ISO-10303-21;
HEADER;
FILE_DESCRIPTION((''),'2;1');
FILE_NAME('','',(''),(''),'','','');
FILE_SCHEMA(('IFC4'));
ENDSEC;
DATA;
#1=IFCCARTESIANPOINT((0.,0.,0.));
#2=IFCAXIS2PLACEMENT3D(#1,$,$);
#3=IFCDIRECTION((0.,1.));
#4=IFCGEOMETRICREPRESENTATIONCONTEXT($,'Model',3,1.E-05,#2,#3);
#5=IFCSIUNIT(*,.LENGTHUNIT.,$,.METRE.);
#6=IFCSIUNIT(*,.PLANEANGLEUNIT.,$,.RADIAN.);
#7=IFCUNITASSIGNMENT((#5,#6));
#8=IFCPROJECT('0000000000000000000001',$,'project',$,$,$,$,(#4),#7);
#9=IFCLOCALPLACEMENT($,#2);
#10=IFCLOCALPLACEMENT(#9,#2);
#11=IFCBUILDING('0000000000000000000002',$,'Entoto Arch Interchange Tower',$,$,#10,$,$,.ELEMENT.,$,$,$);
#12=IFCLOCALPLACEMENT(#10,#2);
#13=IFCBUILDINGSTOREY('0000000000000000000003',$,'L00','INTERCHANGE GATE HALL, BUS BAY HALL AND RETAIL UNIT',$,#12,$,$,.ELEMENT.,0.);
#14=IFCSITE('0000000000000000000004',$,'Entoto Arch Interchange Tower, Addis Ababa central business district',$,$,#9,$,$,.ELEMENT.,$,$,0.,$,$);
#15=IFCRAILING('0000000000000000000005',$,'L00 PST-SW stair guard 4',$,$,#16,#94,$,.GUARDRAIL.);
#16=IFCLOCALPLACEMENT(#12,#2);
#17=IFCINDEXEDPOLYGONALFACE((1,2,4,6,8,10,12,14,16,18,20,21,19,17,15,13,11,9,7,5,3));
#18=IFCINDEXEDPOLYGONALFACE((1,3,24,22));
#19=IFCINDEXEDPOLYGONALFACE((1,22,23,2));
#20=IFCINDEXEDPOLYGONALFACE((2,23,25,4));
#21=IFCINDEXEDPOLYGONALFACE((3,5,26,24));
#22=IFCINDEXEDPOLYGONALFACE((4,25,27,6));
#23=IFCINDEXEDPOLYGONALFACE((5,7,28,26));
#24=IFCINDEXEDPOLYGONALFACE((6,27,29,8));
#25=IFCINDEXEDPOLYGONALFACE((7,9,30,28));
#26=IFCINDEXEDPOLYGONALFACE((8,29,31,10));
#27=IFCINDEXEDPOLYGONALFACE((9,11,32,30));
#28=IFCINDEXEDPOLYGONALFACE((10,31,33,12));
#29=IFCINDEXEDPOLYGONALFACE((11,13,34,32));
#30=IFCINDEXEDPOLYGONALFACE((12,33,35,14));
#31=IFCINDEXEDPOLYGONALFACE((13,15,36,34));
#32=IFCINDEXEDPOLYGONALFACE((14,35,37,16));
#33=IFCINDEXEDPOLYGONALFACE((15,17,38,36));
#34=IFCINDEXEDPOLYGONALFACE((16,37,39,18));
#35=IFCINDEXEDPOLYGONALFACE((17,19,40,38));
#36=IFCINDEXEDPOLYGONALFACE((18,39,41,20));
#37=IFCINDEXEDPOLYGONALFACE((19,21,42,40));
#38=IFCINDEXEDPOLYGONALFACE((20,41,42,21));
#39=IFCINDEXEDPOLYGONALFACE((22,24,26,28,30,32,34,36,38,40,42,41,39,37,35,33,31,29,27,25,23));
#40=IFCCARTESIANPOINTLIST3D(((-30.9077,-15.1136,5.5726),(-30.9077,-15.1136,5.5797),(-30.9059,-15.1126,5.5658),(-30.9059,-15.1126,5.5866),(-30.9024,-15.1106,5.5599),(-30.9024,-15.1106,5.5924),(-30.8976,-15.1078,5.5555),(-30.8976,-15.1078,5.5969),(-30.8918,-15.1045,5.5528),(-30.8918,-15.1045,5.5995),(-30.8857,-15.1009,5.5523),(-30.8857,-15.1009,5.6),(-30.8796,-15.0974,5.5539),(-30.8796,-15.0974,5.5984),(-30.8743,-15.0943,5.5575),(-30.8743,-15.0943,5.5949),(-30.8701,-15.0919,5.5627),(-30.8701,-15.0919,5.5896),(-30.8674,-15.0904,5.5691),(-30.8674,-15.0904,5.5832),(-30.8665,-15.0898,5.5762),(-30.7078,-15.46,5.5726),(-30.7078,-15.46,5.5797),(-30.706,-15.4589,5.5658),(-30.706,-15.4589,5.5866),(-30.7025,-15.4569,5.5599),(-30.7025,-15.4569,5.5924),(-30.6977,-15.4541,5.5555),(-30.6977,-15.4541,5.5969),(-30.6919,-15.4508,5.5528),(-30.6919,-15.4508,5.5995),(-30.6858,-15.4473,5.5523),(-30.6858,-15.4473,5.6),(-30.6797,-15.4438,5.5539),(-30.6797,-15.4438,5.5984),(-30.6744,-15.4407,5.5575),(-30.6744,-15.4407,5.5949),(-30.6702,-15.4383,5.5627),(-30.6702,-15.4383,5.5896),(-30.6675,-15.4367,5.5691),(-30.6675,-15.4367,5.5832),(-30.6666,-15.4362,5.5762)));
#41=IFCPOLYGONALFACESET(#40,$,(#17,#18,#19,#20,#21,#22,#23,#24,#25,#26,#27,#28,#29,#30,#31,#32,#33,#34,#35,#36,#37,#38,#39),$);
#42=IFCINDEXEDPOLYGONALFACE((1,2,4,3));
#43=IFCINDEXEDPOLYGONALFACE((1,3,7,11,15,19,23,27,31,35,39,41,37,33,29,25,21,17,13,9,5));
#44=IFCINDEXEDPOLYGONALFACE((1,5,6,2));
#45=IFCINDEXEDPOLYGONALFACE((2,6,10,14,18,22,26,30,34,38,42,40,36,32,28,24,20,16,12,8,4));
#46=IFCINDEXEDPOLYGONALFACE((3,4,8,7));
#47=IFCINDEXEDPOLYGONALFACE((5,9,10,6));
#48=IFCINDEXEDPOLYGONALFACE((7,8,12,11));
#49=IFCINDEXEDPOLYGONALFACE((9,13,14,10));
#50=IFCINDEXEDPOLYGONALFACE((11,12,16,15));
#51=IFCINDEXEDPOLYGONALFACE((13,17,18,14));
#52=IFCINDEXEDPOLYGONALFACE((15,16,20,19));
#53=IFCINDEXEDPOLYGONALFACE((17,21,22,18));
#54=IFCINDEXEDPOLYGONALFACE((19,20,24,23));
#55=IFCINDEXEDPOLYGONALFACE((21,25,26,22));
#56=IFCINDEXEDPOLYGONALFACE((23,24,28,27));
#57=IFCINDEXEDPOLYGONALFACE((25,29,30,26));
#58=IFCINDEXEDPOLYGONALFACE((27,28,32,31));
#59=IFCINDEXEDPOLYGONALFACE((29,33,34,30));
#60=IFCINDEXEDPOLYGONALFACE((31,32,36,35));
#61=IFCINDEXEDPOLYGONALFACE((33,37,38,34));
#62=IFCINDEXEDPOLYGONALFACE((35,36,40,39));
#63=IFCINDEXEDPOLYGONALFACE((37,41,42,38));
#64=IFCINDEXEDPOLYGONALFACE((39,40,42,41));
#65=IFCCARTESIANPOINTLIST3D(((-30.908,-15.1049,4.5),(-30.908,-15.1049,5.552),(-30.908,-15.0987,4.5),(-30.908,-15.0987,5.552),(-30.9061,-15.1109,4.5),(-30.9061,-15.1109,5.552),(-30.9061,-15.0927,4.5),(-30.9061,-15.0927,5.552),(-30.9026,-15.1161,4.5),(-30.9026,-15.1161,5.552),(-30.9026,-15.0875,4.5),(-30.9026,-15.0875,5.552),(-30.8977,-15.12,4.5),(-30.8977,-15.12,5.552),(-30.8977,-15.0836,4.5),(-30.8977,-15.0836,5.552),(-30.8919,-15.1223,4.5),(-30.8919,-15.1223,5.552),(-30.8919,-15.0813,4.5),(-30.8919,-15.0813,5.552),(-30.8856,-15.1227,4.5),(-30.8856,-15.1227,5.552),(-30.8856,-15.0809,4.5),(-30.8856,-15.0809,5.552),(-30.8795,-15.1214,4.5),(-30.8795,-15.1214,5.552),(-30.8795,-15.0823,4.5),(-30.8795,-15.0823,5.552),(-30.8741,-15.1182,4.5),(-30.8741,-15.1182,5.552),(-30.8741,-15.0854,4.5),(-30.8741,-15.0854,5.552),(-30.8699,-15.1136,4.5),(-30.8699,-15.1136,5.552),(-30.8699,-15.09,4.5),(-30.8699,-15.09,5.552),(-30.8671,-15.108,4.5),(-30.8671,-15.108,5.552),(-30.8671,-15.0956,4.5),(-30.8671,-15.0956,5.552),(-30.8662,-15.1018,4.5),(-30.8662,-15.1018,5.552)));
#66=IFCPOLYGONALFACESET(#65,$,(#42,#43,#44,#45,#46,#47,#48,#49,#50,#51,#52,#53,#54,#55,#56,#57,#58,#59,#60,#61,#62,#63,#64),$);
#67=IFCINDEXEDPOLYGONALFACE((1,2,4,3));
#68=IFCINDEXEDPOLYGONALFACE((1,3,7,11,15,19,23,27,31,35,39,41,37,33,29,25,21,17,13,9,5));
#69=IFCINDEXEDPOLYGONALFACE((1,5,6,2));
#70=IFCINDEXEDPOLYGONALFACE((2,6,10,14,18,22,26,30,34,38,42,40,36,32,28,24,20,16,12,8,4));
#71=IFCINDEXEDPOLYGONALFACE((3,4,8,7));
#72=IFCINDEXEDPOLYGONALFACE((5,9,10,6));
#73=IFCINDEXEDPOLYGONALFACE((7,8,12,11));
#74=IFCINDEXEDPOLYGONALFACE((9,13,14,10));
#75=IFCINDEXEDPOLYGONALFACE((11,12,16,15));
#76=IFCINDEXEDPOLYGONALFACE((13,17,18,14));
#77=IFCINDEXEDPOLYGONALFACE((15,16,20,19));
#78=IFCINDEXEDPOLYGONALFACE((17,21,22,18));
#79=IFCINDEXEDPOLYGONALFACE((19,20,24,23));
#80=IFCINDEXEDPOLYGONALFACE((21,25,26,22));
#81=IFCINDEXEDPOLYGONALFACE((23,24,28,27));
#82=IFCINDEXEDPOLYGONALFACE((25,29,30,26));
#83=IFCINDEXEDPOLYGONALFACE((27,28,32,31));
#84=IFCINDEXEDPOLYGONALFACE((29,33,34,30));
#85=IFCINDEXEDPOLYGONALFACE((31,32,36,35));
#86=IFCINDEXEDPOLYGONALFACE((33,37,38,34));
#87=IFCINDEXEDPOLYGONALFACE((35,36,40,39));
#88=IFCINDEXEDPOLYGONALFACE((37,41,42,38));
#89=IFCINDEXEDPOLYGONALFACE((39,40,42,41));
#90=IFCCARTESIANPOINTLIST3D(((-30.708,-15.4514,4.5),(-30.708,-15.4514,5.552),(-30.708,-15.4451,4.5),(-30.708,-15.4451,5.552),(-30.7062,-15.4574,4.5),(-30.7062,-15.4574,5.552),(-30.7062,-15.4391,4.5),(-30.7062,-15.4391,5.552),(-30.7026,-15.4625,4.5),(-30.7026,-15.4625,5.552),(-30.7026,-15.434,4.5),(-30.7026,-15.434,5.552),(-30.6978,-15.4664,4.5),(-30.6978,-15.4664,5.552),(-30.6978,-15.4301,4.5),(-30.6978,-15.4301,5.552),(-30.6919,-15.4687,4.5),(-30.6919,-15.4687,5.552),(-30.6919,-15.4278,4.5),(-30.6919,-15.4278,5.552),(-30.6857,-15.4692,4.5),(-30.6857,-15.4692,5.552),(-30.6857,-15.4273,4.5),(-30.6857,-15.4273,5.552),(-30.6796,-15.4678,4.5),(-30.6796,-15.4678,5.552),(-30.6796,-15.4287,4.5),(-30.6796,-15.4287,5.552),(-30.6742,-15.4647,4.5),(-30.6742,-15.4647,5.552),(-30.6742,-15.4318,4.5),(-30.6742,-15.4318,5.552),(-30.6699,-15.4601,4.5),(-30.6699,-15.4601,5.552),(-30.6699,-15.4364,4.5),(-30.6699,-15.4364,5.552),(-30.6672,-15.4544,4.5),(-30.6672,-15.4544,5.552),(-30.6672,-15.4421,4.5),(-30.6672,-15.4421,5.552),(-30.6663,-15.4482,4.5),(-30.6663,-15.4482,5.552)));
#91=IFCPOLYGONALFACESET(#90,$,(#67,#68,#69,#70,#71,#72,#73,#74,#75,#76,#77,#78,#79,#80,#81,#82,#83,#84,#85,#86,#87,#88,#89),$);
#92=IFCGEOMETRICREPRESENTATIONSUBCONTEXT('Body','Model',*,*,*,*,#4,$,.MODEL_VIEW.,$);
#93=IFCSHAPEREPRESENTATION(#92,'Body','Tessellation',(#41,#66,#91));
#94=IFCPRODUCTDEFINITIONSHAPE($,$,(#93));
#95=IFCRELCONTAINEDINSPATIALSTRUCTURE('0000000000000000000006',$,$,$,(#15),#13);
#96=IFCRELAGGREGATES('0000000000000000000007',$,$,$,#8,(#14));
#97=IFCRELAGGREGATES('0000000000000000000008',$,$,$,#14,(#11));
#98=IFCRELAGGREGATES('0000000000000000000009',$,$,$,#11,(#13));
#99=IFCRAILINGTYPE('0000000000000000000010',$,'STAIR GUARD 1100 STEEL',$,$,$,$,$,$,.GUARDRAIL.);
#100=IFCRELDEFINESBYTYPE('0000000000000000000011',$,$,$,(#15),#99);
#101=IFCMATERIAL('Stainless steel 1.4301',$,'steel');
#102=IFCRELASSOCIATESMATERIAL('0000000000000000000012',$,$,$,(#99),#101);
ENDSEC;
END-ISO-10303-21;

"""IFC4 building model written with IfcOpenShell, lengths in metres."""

from ifc_helpers import new_model, si_unit, direction, frame, origin, origin_2d, place, context, subcontext, project, spatial, circle, extrude, material, type_object, element, save


model = new_model("IFC4")

# Units and contexts
model_context = context("Model", 3, precision=1e-05, world=origin(), true_north=direction((0.0, 1.0)))
body_context = subcontext(model_context, "Body", "Model", "MODEL_VIEW")
ifc_project = project(units=[si_unit("LENGTHUNIT", "METRE"), si_unit("PLANEANGLEUNIT", "RADIAN")], contexts=[model_context])

# Site, building, storey
site_placement = place(None, origin())
site = spatial("IfcSite", under=ifc_project, at=site_placement, Name="Entoto Arch Interchange Tower, Addis Ababa central business district", CompositionType="ELEMENT", RefElevation=0.0)
building_placement = place(site_placement, origin())
building = spatial("IfcBuilding", under=site, at=building_placement, Name="Entoto Arch Interchange Tower", CompositionType="ELEMENT")
storey_placement = place(building_placement, origin())
storey = spatial("IfcBuildingStorey", under=building, at=storey_placement, Name="L00", Description="INTERCHANGE GATE HALL, BUS BAY HALL AND RETAIL UNIT", CompositionType="ELEMENT", Elevation=0.0)

# Railing
ifc_material_1 = material(Name="Stainless steel 1.4301", Category="steel")
railing_type_1 = type_object("IfcRailingType", Name="STAIR GUARD 1100 STEEL", PredefinedType="GUARDRAIL", material=ifc_material_1)
railing_1_placement = place(storey_placement, frame((-30.8872, -15.1018, 4.5)))
element("IfcRailing", 1, at=railing_1_placement, inside=storey, type_object=railing_type_1, Name="L00 PST-SW stair guard 4", PredefinedType="GUARDRAIL", context=body_context, shape_type="SweptSolid", body=[
    extrude(circle(Radius=0.0239, at=origin_2d()), frame((0.0, 0.0, 1.0762), z_axis=(0.499881, -0.866094, 0.0), x_axis=(0.866094, 0.499881, 0.0)), (0.0, 0.0, 1.0), 0.3999),
    extrude(circle(Radius=0.021, at=origin_2d()), origin(), (0.0, 0.0, 1.0), 1.052),
    extrude(circle(Radius=0.021, at=origin_2d()), frame((0.2, -0.3464, 0.0)), (0.0, 0.0, 1.0), 1.052),
])

save(model, "model.ifc")
